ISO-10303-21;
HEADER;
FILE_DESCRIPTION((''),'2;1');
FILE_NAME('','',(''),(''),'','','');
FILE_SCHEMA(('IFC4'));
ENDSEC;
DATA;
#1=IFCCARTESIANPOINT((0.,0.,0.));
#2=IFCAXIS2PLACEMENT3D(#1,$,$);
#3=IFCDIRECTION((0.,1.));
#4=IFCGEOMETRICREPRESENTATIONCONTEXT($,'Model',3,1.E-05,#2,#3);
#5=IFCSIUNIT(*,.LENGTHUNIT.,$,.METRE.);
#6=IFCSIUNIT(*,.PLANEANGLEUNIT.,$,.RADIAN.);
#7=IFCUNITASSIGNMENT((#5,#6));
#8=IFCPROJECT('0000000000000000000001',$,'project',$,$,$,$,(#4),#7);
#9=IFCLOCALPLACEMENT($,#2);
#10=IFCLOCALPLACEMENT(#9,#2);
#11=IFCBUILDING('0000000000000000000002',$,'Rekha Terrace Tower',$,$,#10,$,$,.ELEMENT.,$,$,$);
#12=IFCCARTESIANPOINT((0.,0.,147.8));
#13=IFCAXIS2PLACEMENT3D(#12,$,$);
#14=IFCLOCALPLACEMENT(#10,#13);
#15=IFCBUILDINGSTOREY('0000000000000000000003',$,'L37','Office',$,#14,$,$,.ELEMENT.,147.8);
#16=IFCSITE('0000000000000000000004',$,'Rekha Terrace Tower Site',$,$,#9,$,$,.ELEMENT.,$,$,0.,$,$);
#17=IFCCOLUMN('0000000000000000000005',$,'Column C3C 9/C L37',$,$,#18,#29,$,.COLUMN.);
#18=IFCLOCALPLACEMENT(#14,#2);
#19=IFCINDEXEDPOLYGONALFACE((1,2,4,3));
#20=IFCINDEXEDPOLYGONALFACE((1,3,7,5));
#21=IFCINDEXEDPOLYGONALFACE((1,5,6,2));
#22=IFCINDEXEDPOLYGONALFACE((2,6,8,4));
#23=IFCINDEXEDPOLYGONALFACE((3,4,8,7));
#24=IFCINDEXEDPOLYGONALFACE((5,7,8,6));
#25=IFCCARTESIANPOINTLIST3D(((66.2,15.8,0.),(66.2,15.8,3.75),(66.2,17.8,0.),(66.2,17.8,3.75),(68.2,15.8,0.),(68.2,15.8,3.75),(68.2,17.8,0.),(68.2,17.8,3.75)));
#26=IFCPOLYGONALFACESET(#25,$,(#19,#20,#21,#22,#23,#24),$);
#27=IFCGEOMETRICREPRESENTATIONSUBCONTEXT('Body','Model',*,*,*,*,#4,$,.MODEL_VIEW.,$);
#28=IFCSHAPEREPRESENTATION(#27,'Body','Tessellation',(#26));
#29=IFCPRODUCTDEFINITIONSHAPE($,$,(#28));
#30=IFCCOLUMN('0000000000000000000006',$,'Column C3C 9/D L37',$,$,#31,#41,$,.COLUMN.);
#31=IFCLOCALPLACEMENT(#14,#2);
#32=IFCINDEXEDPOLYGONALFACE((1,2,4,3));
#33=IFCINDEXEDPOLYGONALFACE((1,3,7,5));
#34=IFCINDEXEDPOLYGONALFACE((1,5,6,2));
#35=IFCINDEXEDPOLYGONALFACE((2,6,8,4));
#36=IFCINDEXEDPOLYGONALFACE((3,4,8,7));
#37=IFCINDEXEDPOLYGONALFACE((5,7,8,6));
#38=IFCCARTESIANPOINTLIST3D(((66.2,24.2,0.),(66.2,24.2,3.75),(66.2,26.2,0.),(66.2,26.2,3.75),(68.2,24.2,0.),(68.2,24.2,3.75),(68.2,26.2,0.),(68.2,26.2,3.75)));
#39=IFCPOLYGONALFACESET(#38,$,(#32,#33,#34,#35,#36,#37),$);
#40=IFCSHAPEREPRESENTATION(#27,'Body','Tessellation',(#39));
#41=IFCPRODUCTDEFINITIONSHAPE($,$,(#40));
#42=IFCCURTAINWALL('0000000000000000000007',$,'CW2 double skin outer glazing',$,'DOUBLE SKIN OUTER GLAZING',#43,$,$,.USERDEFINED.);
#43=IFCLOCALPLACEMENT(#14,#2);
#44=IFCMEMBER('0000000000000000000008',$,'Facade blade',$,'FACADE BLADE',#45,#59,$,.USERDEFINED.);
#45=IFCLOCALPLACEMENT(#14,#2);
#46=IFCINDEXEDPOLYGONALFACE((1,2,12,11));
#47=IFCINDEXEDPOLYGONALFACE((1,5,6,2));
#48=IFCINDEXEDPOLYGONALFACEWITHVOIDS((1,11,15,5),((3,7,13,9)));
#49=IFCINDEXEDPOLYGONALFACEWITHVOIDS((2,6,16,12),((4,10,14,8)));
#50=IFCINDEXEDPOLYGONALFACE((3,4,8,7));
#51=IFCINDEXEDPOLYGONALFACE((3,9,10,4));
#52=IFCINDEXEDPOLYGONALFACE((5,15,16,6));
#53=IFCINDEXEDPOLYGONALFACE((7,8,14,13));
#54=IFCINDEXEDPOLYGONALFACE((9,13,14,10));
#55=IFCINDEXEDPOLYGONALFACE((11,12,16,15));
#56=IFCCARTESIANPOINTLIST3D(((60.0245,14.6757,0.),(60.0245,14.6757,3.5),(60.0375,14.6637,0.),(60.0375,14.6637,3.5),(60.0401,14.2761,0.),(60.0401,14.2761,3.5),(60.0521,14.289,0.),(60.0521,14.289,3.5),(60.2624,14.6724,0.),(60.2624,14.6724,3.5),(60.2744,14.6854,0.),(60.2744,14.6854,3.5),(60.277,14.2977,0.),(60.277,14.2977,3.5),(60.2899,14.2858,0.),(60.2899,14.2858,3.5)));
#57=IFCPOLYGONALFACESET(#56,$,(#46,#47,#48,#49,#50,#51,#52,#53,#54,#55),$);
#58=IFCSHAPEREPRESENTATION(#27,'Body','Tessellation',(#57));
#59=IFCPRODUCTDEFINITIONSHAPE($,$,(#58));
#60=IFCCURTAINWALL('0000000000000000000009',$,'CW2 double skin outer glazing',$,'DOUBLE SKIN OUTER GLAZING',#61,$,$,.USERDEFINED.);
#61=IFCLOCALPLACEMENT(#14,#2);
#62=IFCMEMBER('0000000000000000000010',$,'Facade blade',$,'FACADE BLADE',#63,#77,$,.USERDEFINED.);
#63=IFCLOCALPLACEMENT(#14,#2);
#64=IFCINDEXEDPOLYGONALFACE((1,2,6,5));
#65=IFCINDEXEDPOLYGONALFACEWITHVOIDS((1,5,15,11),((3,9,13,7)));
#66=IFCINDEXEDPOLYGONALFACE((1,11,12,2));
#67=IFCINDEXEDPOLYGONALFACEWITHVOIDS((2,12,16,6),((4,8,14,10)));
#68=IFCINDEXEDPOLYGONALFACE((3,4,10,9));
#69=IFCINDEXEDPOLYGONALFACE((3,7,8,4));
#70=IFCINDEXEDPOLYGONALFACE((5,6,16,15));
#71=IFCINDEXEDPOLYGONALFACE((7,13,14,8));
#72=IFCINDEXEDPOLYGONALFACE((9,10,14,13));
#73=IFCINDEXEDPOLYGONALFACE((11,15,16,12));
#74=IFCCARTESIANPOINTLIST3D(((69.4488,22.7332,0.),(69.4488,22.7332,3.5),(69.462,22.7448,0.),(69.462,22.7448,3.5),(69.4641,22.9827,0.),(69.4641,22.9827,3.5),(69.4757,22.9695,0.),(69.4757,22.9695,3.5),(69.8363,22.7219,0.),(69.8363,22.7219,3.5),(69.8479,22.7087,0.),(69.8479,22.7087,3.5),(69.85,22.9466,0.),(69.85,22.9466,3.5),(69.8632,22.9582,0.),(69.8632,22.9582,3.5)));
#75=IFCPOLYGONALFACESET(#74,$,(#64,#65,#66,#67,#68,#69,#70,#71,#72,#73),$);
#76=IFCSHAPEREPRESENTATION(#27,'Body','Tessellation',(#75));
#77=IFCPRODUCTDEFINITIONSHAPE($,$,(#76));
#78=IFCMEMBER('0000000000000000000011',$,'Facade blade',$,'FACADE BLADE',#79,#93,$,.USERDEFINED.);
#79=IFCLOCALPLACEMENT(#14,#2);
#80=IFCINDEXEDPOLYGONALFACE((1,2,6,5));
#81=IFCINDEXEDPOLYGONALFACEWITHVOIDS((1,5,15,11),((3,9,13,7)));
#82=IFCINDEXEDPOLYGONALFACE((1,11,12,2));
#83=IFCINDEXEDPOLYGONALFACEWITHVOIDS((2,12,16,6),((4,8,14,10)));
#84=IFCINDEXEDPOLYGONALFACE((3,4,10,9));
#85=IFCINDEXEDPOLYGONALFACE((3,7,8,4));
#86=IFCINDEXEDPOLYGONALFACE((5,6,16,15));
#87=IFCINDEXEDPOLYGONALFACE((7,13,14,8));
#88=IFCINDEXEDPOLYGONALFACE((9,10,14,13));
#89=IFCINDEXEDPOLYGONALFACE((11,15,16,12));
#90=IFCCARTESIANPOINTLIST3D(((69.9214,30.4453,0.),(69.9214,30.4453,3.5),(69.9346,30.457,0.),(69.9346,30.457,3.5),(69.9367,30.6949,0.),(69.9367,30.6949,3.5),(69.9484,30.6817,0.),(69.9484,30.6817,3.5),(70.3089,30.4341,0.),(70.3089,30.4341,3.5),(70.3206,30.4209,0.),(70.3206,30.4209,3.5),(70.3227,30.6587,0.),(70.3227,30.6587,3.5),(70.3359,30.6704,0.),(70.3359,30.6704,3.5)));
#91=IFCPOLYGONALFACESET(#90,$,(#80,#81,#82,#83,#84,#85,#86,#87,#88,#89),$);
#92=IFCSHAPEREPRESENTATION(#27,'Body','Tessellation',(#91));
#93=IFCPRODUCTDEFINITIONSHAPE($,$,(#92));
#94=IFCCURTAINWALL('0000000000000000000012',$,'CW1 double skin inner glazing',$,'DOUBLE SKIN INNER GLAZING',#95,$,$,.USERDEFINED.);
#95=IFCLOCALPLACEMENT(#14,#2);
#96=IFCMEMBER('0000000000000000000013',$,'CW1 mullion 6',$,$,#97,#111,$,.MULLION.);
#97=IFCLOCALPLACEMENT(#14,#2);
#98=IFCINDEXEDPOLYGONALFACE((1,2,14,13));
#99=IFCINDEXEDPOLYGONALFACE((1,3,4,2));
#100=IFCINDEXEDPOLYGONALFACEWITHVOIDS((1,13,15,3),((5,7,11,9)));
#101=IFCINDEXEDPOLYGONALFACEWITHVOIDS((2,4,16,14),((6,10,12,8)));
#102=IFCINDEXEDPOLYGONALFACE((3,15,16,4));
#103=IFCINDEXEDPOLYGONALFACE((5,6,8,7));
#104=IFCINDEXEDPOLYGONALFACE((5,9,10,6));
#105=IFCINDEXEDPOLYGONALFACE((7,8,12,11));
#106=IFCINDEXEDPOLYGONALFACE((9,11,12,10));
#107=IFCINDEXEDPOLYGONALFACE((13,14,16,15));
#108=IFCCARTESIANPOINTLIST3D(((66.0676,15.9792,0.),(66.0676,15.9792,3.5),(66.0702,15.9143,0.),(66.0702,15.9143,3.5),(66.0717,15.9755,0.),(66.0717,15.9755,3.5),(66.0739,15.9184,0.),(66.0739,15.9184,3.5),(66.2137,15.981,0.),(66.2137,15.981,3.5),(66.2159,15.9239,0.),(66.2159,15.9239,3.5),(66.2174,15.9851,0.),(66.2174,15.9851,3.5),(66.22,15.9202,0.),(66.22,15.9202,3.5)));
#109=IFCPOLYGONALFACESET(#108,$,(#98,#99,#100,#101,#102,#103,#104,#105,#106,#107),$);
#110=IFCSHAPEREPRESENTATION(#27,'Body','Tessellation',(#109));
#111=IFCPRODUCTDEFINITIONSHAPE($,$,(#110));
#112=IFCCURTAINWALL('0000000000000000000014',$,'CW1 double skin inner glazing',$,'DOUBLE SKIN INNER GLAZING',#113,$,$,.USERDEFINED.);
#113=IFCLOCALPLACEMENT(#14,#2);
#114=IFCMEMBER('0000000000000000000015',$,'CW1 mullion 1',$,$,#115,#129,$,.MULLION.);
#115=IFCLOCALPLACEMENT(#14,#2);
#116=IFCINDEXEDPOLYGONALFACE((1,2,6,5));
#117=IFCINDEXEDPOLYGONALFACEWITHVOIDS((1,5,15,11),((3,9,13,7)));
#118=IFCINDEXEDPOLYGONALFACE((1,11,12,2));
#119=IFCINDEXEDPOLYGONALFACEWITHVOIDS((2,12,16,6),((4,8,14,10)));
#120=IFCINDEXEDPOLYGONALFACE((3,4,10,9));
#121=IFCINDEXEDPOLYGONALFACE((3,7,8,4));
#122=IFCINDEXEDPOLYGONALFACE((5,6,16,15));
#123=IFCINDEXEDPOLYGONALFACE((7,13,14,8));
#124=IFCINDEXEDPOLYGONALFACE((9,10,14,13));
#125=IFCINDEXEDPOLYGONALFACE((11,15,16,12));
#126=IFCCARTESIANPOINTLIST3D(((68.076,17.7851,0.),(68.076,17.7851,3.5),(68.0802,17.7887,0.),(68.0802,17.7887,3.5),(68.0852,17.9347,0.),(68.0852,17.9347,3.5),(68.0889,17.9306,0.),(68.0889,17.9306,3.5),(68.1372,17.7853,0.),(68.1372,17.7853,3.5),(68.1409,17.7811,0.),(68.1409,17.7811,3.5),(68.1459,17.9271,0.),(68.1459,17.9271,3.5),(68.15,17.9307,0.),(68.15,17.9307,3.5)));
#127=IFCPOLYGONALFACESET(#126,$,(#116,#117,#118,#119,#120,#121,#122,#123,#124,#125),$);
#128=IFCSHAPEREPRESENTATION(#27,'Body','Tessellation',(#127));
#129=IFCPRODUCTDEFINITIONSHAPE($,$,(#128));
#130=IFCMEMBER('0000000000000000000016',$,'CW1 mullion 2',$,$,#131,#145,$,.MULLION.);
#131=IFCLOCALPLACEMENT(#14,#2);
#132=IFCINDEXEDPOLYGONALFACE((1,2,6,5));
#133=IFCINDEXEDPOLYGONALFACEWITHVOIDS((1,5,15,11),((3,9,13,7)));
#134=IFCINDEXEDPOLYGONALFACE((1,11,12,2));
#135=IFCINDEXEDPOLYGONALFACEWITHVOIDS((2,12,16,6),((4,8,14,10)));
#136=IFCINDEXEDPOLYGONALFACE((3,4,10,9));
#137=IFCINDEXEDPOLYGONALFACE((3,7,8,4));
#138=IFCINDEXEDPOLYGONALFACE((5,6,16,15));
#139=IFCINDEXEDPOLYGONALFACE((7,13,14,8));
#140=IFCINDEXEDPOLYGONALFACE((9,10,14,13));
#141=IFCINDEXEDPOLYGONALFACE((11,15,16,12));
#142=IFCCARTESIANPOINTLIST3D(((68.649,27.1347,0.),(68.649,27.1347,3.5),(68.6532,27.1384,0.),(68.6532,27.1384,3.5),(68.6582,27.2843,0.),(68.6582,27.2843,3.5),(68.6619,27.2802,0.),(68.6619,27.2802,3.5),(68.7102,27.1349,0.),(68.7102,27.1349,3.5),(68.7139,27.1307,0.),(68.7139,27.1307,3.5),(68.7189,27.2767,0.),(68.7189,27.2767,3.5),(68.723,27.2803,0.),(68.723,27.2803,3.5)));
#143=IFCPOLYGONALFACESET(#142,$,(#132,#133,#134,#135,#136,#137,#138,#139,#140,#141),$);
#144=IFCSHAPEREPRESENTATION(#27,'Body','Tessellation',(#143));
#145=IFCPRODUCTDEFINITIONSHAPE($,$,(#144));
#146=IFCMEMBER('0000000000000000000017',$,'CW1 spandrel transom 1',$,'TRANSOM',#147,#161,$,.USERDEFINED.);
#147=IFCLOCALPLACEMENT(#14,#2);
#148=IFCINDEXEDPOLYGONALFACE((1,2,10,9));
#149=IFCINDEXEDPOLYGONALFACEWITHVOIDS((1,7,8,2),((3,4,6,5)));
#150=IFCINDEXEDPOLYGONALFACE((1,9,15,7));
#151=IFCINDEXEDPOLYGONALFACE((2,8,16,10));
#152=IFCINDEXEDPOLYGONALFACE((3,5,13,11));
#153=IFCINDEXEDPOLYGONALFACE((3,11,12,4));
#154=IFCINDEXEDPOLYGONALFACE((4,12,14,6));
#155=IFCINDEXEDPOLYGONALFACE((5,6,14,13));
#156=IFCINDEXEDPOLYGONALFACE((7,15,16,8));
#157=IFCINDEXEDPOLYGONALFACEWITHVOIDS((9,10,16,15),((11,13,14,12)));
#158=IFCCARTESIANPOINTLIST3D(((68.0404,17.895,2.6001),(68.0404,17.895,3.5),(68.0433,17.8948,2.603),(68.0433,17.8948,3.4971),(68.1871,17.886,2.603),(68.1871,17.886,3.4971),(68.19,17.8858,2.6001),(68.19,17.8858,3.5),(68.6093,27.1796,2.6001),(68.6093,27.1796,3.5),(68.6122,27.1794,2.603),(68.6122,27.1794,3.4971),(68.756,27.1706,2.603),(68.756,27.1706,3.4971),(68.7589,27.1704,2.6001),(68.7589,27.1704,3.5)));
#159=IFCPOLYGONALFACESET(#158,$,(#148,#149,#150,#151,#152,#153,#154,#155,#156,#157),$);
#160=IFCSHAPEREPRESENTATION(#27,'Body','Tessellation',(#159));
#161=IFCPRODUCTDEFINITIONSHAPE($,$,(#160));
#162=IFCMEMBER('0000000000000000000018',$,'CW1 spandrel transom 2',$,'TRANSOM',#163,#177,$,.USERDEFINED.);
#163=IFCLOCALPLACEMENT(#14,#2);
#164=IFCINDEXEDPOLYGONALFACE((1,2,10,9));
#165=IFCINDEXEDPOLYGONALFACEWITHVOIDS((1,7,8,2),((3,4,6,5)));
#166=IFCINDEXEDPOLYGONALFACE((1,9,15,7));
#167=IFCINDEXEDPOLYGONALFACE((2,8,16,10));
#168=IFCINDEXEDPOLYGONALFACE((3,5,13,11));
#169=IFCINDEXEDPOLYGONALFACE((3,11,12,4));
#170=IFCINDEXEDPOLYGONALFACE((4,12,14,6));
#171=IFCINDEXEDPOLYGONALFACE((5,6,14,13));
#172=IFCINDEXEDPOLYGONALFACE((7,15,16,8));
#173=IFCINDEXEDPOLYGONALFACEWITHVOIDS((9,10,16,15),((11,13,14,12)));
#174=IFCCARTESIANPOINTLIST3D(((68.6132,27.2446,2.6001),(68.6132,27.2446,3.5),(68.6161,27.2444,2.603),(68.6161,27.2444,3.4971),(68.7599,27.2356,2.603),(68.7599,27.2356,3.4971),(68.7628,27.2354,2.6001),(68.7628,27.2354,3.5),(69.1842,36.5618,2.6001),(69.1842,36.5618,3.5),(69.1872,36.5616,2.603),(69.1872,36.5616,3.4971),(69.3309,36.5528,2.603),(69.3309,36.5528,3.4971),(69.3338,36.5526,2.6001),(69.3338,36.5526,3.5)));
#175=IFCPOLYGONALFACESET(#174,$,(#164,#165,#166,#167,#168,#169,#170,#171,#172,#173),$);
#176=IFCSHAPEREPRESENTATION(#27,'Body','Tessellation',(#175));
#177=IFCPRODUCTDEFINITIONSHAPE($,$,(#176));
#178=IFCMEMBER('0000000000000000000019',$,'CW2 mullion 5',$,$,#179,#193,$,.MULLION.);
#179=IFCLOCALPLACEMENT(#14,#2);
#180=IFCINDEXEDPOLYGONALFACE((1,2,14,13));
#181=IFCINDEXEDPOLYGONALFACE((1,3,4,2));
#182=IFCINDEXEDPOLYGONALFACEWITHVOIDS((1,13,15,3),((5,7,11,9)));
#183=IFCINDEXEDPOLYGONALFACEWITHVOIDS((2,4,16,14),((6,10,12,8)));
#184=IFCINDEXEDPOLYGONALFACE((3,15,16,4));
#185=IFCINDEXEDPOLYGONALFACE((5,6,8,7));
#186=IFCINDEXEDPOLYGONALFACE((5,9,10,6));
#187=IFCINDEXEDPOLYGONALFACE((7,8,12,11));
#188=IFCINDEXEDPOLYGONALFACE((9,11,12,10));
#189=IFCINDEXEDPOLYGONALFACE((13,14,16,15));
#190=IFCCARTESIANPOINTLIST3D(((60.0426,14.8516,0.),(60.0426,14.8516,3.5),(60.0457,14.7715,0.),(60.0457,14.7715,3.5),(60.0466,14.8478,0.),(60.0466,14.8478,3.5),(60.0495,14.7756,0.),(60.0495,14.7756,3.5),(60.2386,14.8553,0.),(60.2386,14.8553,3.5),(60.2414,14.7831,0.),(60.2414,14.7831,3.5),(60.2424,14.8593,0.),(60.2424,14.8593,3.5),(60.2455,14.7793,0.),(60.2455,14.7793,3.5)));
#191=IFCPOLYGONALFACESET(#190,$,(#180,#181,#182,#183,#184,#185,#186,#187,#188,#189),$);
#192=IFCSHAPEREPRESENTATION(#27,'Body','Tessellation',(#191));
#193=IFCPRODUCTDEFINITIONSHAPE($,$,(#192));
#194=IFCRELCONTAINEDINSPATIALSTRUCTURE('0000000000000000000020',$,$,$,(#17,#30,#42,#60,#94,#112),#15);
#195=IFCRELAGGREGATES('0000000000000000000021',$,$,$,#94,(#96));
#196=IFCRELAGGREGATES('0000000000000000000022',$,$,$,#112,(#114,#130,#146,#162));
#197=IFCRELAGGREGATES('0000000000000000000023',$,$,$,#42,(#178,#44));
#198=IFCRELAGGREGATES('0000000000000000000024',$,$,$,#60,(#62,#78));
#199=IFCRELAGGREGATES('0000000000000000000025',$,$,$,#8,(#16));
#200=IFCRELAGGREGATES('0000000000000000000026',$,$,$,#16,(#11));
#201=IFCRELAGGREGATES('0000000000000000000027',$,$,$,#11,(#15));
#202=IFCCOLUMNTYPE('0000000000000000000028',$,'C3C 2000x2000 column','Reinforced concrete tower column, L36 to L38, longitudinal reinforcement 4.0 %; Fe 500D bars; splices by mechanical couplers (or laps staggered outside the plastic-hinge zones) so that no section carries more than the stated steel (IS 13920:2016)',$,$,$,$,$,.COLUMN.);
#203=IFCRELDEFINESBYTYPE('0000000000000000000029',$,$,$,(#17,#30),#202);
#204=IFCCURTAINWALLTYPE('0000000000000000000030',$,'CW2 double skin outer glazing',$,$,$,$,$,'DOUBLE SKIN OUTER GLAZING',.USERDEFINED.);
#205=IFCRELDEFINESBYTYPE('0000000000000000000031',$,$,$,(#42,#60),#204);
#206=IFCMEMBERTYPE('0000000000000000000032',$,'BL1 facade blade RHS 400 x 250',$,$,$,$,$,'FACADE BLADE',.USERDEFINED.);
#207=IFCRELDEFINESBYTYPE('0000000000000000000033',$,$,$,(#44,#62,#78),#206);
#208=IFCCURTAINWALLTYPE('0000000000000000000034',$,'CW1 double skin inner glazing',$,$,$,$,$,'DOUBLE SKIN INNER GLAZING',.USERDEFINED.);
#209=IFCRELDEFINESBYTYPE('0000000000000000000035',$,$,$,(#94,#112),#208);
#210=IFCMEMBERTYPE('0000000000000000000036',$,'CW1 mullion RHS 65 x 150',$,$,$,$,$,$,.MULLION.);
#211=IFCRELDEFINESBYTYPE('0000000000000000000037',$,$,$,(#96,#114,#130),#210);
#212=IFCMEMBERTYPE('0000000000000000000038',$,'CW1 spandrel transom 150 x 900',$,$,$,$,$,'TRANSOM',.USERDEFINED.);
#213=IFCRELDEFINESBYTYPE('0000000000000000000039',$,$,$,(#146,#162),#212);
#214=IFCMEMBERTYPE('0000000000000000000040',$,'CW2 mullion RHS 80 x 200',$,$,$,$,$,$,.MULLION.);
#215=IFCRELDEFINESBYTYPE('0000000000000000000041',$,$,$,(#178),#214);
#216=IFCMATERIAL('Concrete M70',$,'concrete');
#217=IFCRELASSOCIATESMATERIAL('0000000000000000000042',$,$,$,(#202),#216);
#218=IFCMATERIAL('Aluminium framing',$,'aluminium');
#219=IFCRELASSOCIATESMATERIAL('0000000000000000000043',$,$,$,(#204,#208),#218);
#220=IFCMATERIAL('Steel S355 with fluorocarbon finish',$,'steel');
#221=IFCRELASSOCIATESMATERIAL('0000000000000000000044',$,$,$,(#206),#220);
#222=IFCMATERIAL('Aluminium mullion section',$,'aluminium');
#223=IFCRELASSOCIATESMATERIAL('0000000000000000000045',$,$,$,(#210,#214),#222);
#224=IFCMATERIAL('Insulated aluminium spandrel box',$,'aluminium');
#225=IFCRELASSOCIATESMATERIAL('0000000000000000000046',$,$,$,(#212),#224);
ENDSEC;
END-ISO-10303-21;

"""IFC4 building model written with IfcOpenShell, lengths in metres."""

from ifc_helpers import new_model, si_unit, direction, frame, origin, origin_2d, place, context, subcontext, project, spatial, rectangle, hollow_rectangle, extrude, material, material_profile, profile_set, type_object, element, aggregate, save


model = new_model("IFC4")

# Units and contexts
model_context = context("Model", 3, precision=1e-05, world=origin(), true_north=direction((0.0, 1.0)))
body_context = subcontext(model_context, "Body", "Model", "MODEL_VIEW")
ifc_project = project(units=[si_unit("LENGTHUNIT", "METRE"), si_unit("PLANEANGLEUNIT", "RADIAN")], contexts=[model_context])

# Site, building, storey
site_placement = place(None, origin())
site = spatial("IfcSite", under=ifc_project, at=site_placement, Name="Rekha Terrace Tower Site", CompositionType="ELEMENT", RefElevation=0.0)
building_placement = place(site_placement, origin())
building = spatial("IfcBuilding", under=site, at=building_placement, Name="Rekha Terrace Tower", CompositionType="ELEMENT")
storey_placement = place(building_placement, frame((0.0, 0.0, 147.8)))
storey = spatial("IfcBuildingStorey", under=building, at=storey_placement, Name="L37", Description="Office", CompositionType="ELEMENT", Elevation=147.8)

# Columns
ifc_material_1 = material(Name="Concrete M70", Category="concrete")
ifc_material_profile_1 = material_profile(ifc_material_1, rectangle(XDim=2.0, YDim=2.0, at=origin_2d()), Name="RC 2000x2000")
ifc_profile_set_1 = profile_set([ifc_material_profile_1], Name="Concrete M70")
column_type = type_object("IfcColumnType", Name="C3C 2000x2000 column", Description="Reinforced concrete tower column, L36 to L38, longitudinal reinforcement 4.0 %; Fe 500D bars; splices by mechanical couplers (or laps staggered outside the plastic-hinge zones) so that no section carries more than the stated steel (IS 13920:2016)", PredefinedType="COLUMN", material=ifc_profile_set_1)
for number, where, z_axis, x_axis, name in (
    (1, (67.2, 16.8, 0.0), (0.0, 0.0, 1.0), (1.0, 0.0, 0.0), "Column C3C 9/C L37"),
    (2, (67.2, 25.2, 0.0), (0.0, 0.0, 1.0), (1.0, 0.0, 0.0), "Column C3C 9/D L37"),
):
    element("IfcColumn", number, at=place(storey_placement, frame(where, z_axis=z_axis, x_axis=x_axis)), inside=storey, type_object=column_type, Name=name, PredefinedType="COLUMN", context=body_context, shape_type="SweptSolid", body=[
        extrude(rectangle(XDim=2.0, YDim=2.0, at=origin_2d()), origin(), (0.0, 0.0, 1.0), 3.75),
    ])

# Curtain wall, member
ifc_material_2 = material(Name="Aluminium framing", Category="aluminium")
curtain_wall_type_1 = type_object("IfcCurtainWallType", Name="CW2 double skin outer glazing", ElementType="DOUBLE SKIN OUTER GLAZING", PredefinedType="USERDEFINED", material=ifc_material_2)
curtain_wall_1_placement = place(storey_placement, origin())
curtain_wall_1 = element("IfcCurtainWall", 3, at=curtain_wall_1_placement, inside=storey, type_object=curtain_wall_type_1, Name="CW2 double skin outer glazing", ObjectType="DOUBLE SKIN OUTER GLAZING", PredefinedType="USERDEFINED")
ifc_material_3 = material(Name="Steel S355 with fluorocarbon finish", Category="steel")
ifc_material_profile_2 = material_profile(ifc_material_3, hollow_rectangle(XDim=0.25, YDim=0.3999, WallThickness=0.0125, at=origin_2d()), Name="RHS400x250x12.5")
ifc_profile_set_2 = profile_set([ifc_material_profile_2], Name="Steel S355 with fluorocarbon finish")
member_type_1 = type_object("IfcMemberType", Name="BL1 facade blade RHS 400 x 250", ElementType="FACADE BLADE", PredefinedType="USERDEFINED", material=ifc_profile_set_2)
member_1_placement = place(storey_placement, frame((60.1572, 14.4807, 0.0), z_axis=(0.0, 0.0, 1.0), x_axis=(0.999243, 0.03889, 0.0)))
member_1 = element("IfcMember", 4, at=member_1_placement, type_object=member_type_1, Name="Facade blade", ObjectType="FACADE BLADE", PredefinedType="USERDEFINED", context=body_context, shape_type="SweptSolid", body=[
    extrude(hollow_rectangle(XDim=0.25, YDim=0.3999, WallThickness=0.0125, at=origin_2d()), origin(), (0.0, 0.0, 1.0), 3.5),
])

# Curtain wall, members
curtain_wall_2_placement = place(storey_placement, origin())
curtain_wall_2 = element("IfcCurtainWall", 5, at=curtain_wall_2_placement, inside=storey, type_object=curtain_wall_type_1, Name="CW2 double skin outer glazing", ObjectType="DOUBLE SKIN OUTER GLAZING", PredefinedType="USERDEFINED")
member_2_placement = place(storey_placement, frame((69.656, 22.8457, 0.0), z_axis=(0.0, 0.0, 1.0), x_axis=(0.06116, 0.998128, 0.0)))
member_2 = element("IfcMember", 6, at=member_2_placement, type_object=member_type_1, Name="Facade blade", ObjectType="FACADE BLADE", PredefinedType="USERDEFINED", context=body_context, shape_type="SweptSolid", body=[
    extrude(hollow_rectangle(XDim=0.25, YDim=0.3999, WallThickness=0.0125, at=origin_2d()), origin(), (0.0, 0.0, 1.0), 3.5),
])
member_3_placement = place(storey_placement, frame((70.1287, 30.5579, 0.0), z_axis=(0.0, 0.0, 1.0), x_axis=(0.06116, 0.998128, 0.0)))
member_3 = element("IfcMember", 7, at=member_3_placement, type_object=member_type_1, Name="Facade blade", ObjectType="FACADE BLADE", PredefinedType="USERDEFINED", context=body_context, shape_type="SweptSolid", body=[
    extrude(hollow_rectangle(XDim=0.25, YDim=0.3999, WallThickness=0.0125, at=origin_2d()), origin(), (0.0, 0.0, 1.0), 3.5),
])

# Curtain wall, member
curtain_wall_type_2 = type_object("IfcCurtainWallType", Name="CW1 double skin inner glazing", ElementType="DOUBLE SKIN INNER GLAZING", PredefinedType="USERDEFINED", material=ifc_material_2)
curtain_wall_3_placement = place(storey_placement, origin())
curtain_wall_3 = element("IfcCurtainWall", 8, at=curtain_wall_3_placement, inside=storey, type_object=curtain_wall_type_2, Name="CW1 double skin inner glazing", ObjectType="DOUBLE SKIN INNER GLAZING", PredefinedType="USERDEFINED")
ifc_material_4 = material(Name="Aluminium mullion section", Category="aluminium")
ifc_material_profile_3 = material_profile(ifc_material_4, hollow_rectangle(XDim=0.0649, YDim=0.1499, WallThickness=0.0039, at=origin_2d()), Name="AL RHS 65x150")
ifc_profile_set_3 = profile_set([ifc_material_profile_3], Name="Aluminium mullion section")
member_type_2 = type_object("IfcMemberType", Name="CW1 mullion RHS 65 x 150", PredefinedType="MULLION", material=ifc_profile_set_3)
member_4_placement = place(storey_placement, frame((66.1438, 15.9497, 0.0), z_axis=(0.0, 0.0, 1.0), x_axis=(-0.03889, 0.999243, 0.0)))
member_4 = element("IfcMember", 9, at=member_4_placement, type_object=member_type_2, Name="CW1 mullion 6", PredefinedType="MULLION", context=body_context, shape_type="SweptSolid", body=[
    extrude(hollow_rectangle(XDim=0.0649, YDim=0.1499, WallThickness=0.0039, at=origin_2d()), origin(), (0.0, 0.0, 1.0), 3.5),
])

# Curtain wall, members
curtain_wall_4_placement = place(storey_placement, origin())
curtain_wall_4 = element("IfcCurtainWall", 10, at=curtain_wall_4_placement, inside=storey, type_object=curtain_wall_type_2, Name="CW1 double skin inner glazing", ObjectType="DOUBLE SKIN INNER GLAZING", PredefinedType="USERDEFINED")
member_5_placement = place(storey_placement, frame((68.113, 17.8579, 0.0), z_axis=(0.0, 0.0, 1.0), x_axis=(-0.998128, 0.06116, 0.0)))
member_5 = element("IfcMember", 11, at=member_5_placement, type_object=member_type_2, Name="CW1 mullion 1", PredefinedType="MULLION", context=body_context, shape_type="SweptSolid", body=[
    extrude(hollow_rectangle(XDim=0.0649, YDim=0.1499, WallThickness=0.0039, at=origin_2d()), origin(), (0.0, 0.0, 1.0), 3.5),
])
member_6_placement = place(storey_placement, frame((68.686, 27.2075, 0.0), z_axis=(0.0, 0.0, 1.0), x_axis=(-0.998128, 0.06116, 0.0)))
member_6 = element("IfcMember", 12, at=member_6_placement, type_object=member_type_2, Name="CW1 mullion 2", PredefinedType="MULLION", context=body_context, shape_type="SweptSolid", body=[
    extrude(hollow_rectangle(XDim=0.0649, YDim=0.1499, WallThickness=0.0039, at=origin_2d()), origin(), (0.0, 0.0, 1.0), 3.5),
])
ifc_material_5 = material(Name="Insulated aluminium spandrel box", Category="aluminium")
ifc_material_profile_4 = material_profile(ifc_material_5, hollow_rectangle(XDim=0.1499, YDim=0.8999, WallThickness=0.0029, at=origin_2d()), Name="AL SPANDREL BOX 150x900")
ifc_profile_set_4 = profile_set([ifc_material_profile_4], Name="Insulated aluminium spandrel box")
member_type_3 = type_object("IfcMemberType", Name="CW1 spandrel transom 150 x 900", ElementType="TRANSOM", PredefinedType="USERDEFINED", material=ifc_profile_set_4)
member_7_placement = place(storey_placement, frame((68.1152, 17.8904, 3.05), z_axis=(0.061153, 0.998128, 0.0), x_axis=(-0.998128, 0.061153, 0.0)))
member_7 = element("IfcMember", 13, at=member_7_placement, type_object=member_type_3, Name="CW1 spandrel transom 1", ObjectType="TRANSOM", PredefinedType="USERDEFINED", context=body_context, shape_type="SweptSolid", body=[
    extrude(hollow_rectangle(XDim=0.1499, YDim=0.8999, WallThickness=0.0029, at=origin_2d()), origin(), (0.0, 0.0, 1.0), 9.302),
])
member_8_placement = place(storey_placement, frame((68.688, 27.24, 3.05), z_axis=(0.061175, 0.998127, 0.0), x_axis=(-0.998127, 0.061175, 0.0)))
member_8 = element("IfcMember", 14, at=member_8_placement, type_object=member_type_3, Name="CW1 spandrel transom 2", ObjectType="TRANSOM", PredefinedType="USERDEFINED", context=body_context, shape_type="SweptSolid", body=[
    extrude(hollow_rectangle(XDim=0.1499, YDim=0.8999, WallThickness=0.0029, at=origin_2d()), origin(), (0.0, 0.0, 1.0), 9.3347),
])

# Member
ifc_material_profile_5 = material_profile(ifc_material_4, hollow_rectangle(XDim=0.0801, YDim=0.2, WallThickness=0.0039, at=origin_2d()), Name="AL RHS 80x200")
ifc_profile_set_5 = profile_set([ifc_material_profile_5], Name="Aluminium mullion section")
member_type_4 = type_object("IfcMemberType", Name="CW2 mullion RHS 80 x 200", PredefinedType="MULLION", material=ifc_profile_set_5)
member_9_placement = place(storey_placement, frame((60.144, 14.8154, 0.0), z_axis=(0.0, 0.0, 1.0), x_axis=(-0.03889, 0.999243, 0.0)))
member_9 = element("IfcMember", 15, at=member_9_placement, type_object=member_type_4, Name="CW2 mullion 5", PredefinedType="MULLION", context=body_context, shape_type="SweptSolid", body=[
    extrude(hollow_rectangle(XDim=0.0801, YDim=0.2, WallThickness=0.0039, at=origin_2d()), origin(), (0.0, 0.0, 1.0), 3.5),
])

aggregate(curtain_wall_3, [member_4])
aggregate(curtain_wall_4, [member_5, member_6, member_7, member_8])
aggregate(curtain_wall_1, [member_9, member_1])
aggregate(curtain_wall_2, [member_2, member_3])

save(model, "model.ifc")
